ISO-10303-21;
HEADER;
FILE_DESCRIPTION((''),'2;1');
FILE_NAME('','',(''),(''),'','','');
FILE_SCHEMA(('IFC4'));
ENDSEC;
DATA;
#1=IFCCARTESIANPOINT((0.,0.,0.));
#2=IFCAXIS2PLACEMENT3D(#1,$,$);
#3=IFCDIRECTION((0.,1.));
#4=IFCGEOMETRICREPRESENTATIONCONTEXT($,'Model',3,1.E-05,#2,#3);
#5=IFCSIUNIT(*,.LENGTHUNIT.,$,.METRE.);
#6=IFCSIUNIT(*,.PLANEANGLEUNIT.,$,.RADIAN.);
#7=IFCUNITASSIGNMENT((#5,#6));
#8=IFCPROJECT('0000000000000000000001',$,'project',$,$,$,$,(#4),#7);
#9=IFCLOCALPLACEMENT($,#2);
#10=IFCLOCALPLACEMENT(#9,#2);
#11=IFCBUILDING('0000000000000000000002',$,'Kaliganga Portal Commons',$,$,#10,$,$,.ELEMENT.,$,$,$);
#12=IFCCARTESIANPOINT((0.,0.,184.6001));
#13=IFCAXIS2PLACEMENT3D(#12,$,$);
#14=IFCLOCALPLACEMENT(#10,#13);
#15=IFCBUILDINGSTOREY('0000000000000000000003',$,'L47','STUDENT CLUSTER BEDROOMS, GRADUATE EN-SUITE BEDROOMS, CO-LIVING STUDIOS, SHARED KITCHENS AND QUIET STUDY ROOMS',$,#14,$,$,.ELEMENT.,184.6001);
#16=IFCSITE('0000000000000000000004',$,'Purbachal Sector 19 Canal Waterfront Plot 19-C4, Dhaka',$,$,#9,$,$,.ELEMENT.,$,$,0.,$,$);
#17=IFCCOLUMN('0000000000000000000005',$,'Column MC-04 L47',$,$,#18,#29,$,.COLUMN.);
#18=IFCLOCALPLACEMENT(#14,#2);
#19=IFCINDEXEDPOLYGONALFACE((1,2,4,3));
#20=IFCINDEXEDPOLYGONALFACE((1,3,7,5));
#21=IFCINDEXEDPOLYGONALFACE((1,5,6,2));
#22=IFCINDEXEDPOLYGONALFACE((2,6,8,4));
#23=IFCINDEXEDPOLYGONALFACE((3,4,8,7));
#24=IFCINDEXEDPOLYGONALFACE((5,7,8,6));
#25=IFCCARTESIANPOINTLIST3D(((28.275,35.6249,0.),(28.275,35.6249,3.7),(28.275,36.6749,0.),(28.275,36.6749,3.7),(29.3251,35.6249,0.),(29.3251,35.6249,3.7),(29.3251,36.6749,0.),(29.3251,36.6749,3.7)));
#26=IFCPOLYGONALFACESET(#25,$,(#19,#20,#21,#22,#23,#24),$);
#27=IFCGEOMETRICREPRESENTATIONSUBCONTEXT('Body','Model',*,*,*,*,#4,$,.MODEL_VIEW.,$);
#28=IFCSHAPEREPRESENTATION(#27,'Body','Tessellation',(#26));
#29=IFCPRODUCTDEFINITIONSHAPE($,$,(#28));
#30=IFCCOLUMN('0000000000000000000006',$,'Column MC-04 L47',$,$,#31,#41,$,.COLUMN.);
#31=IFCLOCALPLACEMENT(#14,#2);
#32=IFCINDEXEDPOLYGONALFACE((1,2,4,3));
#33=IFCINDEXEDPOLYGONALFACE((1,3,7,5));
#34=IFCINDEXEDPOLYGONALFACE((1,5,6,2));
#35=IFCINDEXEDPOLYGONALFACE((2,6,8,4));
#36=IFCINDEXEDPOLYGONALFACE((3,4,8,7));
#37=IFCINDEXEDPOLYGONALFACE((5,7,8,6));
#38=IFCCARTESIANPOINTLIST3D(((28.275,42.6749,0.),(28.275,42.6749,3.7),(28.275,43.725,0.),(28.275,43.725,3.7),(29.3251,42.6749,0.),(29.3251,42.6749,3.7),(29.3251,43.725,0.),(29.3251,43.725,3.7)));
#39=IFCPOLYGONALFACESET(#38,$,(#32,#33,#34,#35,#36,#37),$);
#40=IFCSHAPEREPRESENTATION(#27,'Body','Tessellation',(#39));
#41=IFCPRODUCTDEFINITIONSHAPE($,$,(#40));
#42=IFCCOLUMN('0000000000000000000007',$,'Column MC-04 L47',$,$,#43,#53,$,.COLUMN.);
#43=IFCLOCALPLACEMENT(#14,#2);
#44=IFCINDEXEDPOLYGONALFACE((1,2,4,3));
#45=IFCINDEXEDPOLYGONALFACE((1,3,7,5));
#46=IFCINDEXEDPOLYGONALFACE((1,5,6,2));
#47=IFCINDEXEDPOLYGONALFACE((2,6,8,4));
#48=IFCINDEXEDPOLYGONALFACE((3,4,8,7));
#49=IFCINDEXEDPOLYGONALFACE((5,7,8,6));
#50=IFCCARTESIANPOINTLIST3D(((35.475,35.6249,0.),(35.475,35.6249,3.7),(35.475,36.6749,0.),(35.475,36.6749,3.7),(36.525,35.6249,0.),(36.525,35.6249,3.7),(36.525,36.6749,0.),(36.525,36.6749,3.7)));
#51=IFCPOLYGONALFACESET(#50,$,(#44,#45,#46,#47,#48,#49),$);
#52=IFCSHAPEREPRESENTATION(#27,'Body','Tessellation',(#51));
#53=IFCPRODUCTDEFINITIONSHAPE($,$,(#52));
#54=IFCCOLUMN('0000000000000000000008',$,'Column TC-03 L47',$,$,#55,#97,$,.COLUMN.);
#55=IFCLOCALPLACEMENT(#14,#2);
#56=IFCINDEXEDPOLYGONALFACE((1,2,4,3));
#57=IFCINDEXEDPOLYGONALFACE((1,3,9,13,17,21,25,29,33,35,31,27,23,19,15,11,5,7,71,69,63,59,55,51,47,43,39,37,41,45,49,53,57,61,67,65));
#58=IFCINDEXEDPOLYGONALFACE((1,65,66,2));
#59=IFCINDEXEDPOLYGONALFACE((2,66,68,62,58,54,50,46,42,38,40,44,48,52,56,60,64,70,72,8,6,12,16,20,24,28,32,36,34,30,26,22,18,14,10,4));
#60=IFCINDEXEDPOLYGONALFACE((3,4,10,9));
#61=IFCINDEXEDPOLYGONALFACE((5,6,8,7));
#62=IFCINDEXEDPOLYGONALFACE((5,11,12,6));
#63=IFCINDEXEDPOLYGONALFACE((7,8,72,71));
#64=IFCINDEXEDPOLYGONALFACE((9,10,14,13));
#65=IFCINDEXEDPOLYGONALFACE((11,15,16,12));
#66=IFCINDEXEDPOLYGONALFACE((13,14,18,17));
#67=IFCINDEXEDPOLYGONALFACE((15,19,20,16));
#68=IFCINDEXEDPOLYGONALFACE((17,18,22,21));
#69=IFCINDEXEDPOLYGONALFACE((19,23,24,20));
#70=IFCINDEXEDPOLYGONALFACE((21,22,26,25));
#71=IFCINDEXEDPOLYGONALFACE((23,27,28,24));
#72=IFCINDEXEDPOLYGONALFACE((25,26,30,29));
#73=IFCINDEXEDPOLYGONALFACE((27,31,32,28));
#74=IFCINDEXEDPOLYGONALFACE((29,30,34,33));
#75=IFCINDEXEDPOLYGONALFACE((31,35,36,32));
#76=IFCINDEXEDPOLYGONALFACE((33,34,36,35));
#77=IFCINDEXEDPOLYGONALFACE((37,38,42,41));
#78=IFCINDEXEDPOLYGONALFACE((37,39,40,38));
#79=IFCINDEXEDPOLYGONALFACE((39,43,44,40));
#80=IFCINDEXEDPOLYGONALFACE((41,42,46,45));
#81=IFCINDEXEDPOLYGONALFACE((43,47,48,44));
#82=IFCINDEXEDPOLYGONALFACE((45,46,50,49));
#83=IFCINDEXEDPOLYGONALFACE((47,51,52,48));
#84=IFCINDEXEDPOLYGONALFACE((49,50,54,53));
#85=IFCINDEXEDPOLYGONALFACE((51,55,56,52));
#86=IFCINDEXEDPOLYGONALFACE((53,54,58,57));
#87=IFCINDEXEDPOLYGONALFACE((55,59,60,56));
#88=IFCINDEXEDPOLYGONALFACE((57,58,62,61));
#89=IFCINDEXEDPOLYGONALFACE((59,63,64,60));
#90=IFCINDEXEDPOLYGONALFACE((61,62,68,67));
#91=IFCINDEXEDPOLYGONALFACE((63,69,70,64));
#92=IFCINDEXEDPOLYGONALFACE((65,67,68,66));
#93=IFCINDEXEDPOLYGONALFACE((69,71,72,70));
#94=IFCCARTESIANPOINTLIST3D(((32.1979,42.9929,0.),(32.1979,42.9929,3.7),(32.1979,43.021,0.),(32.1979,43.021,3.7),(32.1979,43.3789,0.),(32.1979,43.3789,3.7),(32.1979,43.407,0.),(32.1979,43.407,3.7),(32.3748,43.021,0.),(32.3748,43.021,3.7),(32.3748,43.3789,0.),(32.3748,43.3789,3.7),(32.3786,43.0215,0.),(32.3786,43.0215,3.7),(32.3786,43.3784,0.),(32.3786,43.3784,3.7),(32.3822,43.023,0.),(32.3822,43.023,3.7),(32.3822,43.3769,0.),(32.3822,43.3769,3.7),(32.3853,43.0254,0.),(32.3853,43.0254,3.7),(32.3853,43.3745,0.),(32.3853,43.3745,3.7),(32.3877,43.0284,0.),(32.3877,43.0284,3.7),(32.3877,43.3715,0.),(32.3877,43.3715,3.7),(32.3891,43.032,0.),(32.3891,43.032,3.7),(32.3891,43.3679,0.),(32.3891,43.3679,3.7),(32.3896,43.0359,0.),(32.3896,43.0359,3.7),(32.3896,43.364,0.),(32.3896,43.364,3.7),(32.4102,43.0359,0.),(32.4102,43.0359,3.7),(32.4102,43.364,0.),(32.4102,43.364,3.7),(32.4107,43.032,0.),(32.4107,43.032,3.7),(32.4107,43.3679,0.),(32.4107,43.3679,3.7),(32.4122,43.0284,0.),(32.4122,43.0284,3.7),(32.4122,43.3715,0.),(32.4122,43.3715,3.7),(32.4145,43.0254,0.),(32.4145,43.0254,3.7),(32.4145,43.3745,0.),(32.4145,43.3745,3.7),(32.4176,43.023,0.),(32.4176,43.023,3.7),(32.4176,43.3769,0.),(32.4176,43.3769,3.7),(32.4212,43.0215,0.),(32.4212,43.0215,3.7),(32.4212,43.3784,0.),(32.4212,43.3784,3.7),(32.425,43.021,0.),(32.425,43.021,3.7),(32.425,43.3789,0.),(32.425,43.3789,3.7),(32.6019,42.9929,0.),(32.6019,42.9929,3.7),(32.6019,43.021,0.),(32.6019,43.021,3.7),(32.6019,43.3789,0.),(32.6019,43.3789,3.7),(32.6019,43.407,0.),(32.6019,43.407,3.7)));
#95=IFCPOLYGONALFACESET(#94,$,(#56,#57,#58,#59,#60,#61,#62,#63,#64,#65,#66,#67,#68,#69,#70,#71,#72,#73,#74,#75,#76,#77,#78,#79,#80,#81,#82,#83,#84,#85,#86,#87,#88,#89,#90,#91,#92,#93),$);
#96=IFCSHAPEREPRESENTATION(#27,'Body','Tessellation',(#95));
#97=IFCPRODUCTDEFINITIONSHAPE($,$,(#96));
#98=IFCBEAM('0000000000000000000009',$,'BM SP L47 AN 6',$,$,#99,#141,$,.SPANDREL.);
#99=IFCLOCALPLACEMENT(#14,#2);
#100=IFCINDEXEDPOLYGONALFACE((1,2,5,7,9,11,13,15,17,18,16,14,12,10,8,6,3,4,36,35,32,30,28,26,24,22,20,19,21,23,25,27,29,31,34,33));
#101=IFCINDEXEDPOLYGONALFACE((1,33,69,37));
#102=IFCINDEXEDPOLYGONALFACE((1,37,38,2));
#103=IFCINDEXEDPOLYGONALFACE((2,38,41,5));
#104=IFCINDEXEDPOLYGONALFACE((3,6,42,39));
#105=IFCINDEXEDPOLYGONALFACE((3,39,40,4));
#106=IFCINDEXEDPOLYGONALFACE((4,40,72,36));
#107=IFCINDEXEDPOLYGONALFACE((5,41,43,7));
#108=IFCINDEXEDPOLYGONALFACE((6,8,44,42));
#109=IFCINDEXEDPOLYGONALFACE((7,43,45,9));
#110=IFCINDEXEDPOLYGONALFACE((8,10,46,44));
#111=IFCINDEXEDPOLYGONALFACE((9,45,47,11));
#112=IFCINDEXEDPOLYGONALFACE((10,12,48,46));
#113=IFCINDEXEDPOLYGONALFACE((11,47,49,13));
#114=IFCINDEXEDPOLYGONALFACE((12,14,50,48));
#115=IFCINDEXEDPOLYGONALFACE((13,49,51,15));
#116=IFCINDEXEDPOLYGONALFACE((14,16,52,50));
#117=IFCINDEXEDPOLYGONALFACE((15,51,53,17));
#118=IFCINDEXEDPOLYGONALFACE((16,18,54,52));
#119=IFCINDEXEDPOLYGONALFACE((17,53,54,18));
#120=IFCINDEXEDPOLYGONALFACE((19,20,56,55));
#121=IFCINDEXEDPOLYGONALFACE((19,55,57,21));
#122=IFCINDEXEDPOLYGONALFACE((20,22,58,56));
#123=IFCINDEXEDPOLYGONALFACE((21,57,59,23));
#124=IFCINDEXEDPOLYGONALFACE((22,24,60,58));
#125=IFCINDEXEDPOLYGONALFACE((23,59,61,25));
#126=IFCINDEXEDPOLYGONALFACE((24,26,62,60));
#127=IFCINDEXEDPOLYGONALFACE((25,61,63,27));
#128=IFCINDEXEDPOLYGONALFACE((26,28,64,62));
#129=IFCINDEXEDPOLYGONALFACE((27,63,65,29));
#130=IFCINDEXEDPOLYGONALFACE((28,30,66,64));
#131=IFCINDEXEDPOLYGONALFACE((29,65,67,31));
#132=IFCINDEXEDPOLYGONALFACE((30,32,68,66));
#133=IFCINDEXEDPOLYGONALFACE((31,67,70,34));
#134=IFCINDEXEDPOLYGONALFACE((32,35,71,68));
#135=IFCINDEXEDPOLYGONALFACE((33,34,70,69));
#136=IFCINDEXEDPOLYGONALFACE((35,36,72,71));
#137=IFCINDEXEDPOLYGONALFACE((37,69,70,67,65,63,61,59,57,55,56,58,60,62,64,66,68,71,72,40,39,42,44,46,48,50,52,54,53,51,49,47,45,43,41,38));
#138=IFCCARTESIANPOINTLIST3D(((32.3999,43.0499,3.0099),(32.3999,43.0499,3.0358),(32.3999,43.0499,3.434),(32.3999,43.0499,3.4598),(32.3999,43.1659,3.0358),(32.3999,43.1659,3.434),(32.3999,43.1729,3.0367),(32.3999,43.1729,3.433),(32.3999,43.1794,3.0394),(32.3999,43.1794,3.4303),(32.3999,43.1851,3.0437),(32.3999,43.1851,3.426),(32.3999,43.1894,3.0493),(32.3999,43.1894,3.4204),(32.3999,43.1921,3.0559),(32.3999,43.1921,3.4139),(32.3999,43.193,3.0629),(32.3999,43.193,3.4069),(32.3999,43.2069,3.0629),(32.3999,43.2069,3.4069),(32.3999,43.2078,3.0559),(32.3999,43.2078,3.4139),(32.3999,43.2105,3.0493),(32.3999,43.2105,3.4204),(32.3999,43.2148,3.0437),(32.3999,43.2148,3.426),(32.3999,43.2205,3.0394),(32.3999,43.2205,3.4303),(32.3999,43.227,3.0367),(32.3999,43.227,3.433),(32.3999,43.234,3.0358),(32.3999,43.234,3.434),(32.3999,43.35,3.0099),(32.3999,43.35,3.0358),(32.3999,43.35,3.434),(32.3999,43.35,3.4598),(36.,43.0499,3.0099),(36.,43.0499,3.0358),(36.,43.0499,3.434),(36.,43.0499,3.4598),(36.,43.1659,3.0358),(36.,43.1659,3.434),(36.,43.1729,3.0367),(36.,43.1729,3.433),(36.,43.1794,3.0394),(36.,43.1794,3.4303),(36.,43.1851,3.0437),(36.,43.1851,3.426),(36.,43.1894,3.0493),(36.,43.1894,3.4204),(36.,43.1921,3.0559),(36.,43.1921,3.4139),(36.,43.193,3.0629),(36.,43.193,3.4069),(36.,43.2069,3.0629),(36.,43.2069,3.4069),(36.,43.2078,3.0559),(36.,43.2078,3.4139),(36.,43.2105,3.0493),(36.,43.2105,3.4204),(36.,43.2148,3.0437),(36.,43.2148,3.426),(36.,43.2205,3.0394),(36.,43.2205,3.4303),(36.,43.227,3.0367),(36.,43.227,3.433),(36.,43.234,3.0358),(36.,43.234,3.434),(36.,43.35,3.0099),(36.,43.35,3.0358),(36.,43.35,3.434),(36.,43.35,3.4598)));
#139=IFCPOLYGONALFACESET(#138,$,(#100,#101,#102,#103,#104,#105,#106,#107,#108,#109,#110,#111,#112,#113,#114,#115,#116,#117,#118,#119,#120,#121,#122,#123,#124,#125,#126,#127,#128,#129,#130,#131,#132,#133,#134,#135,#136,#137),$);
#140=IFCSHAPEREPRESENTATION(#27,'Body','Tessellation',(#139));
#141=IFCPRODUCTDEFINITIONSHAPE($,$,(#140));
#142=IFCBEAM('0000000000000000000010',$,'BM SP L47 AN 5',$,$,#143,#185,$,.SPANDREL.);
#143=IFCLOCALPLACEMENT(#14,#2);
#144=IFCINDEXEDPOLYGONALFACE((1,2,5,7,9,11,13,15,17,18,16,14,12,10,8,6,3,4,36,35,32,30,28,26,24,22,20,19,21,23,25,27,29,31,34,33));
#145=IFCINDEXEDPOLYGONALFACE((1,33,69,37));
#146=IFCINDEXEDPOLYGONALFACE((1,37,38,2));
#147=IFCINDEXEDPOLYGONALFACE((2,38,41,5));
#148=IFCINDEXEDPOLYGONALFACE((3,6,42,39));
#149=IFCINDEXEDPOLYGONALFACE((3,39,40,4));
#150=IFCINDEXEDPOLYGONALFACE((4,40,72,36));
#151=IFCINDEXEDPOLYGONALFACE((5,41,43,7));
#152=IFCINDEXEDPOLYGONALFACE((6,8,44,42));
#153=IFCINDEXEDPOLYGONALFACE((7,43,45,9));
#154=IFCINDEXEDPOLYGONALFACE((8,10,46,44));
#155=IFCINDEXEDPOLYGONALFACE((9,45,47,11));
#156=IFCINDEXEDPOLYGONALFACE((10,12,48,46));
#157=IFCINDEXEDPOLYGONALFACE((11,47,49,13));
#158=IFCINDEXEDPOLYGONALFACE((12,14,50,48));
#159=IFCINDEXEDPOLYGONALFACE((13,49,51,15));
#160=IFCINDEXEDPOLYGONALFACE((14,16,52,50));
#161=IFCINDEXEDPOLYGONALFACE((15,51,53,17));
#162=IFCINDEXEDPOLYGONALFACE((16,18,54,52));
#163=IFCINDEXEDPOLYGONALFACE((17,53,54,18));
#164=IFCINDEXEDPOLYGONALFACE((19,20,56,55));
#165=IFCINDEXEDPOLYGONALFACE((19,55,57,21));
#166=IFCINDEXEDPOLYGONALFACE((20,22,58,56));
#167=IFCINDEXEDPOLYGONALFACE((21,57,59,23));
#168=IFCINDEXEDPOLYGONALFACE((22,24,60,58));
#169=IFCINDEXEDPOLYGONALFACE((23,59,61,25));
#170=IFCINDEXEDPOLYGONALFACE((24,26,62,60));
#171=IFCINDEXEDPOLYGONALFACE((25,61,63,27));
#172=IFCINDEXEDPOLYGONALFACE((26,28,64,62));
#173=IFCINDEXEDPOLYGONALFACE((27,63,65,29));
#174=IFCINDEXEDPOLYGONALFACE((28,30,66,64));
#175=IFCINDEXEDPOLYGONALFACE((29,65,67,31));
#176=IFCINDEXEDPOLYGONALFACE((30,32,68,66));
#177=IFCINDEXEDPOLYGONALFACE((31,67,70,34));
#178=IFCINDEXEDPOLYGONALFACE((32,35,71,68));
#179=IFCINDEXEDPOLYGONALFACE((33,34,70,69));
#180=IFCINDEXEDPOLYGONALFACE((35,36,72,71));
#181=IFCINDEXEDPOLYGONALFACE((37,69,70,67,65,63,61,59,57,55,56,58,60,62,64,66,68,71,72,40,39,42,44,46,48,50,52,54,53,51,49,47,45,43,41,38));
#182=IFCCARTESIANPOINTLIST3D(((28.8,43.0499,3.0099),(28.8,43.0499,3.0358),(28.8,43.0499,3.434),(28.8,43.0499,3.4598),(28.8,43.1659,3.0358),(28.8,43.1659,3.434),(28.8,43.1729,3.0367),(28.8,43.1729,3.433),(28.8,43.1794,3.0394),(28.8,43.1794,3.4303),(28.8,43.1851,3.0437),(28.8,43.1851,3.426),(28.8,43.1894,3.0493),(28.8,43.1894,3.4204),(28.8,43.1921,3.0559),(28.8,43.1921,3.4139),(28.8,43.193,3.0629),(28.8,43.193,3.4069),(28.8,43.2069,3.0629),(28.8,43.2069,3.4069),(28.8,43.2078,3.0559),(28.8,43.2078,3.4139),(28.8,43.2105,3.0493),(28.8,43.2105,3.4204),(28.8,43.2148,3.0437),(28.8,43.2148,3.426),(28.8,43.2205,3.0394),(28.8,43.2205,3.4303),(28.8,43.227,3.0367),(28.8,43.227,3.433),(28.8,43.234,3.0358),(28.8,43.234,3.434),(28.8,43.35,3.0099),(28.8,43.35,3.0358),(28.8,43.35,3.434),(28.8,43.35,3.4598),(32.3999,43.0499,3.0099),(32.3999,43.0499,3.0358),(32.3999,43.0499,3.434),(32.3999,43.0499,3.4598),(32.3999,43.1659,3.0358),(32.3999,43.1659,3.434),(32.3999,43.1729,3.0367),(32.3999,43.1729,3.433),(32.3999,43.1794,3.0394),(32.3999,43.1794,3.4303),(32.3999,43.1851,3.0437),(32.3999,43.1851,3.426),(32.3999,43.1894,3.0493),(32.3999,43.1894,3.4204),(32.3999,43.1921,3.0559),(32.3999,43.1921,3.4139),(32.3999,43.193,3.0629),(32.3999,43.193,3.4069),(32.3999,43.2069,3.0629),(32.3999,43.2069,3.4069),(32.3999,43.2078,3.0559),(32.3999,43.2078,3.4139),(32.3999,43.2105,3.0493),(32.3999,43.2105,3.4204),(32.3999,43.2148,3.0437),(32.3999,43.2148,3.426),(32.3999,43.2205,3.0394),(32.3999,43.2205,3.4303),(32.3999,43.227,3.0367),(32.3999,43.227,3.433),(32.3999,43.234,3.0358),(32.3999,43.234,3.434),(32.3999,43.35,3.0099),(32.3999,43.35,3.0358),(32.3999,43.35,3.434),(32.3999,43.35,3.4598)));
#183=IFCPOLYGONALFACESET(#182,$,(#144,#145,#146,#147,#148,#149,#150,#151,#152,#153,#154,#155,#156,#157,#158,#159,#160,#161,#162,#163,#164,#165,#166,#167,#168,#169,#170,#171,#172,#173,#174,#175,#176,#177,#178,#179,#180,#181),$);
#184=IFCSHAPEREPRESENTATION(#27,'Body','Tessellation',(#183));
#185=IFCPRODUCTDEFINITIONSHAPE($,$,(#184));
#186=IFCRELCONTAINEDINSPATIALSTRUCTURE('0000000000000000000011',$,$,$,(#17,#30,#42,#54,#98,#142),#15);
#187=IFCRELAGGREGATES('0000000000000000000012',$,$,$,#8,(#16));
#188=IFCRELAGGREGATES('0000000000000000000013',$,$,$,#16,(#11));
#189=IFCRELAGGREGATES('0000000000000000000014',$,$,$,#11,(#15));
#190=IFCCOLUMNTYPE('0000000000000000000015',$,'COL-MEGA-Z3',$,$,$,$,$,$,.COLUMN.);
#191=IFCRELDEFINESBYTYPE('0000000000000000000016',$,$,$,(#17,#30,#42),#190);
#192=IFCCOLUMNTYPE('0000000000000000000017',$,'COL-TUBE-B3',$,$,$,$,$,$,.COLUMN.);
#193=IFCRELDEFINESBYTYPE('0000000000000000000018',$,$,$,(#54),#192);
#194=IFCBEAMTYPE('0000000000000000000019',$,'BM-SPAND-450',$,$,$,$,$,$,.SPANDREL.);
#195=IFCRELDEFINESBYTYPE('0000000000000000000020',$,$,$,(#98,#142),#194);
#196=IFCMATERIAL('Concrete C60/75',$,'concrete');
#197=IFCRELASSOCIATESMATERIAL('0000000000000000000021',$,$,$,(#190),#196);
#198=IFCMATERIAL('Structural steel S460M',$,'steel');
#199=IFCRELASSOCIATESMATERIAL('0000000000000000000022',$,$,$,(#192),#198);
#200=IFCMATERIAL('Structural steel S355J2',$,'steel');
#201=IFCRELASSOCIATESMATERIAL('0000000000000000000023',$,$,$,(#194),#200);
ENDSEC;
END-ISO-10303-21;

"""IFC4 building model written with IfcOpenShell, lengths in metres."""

from ifc_helpers import new_model, si_unit, direction, frame, origin, origin_2d, place, context, subcontext, project, spatial, rectangle, i_section, extrude, source, transform, mapped, material, material_profile, profile_set, type_object, element, save


model = new_model("IFC4")

# Units and contexts
model_context = context("Model", 3, precision=1e-05, world=origin(), true_north=direction((0.0, 1.0)))
body_context = subcontext(model_context, "Body", "Model", "MODEL_VIEW")
ifc_project = project(units=[si_unit("LENGTHUNIT", "METRE"), si_unit("PLANEANGLEUNIT", "RADIAN")], contexts=[model_context])

# Site, building, storey
site_placement = place(None, origin())
site = spatial("IfcSite", under=ifc_project, at=site_placement, Name="Purbachal Sector 19 Canal Waterfront Plot 19-C4, Dhaka", CompositionType="ELEMENT", RefElevation=0.0)
building_placement = place(site_placement, origin())
building = spatial("IfcBuilding", under=site, at=building_placement, Name="Kaliganga Portal Commons", CompositionType="ELEMENT")
storey_placement = place(building_placement, frame((0.0, 0.0, 184.6001)))
storey = spatial("IfcBuildingStorey", under=building, at=storey_placement, Name="L47", Description="STUDENT CLUSTER BEDROOMS, GRADUATE EN-SUITE BEDROOMS, CO-LIVING STUDIOS, SHARED KITCHENS AND QUIET STUDY ROOMS", CompositionType="ELEMENT", Elevation=184.6001)

# Columns
ifc_material_1 = material(Name="Concrete C60/75", Category="concrete")
ifc_material_profile_1 = material_profile(ifc_material_1, rectangle(XDim=1.05, YDim=1.05, at=origin_2d()), Name="RC 1050x1050")
ifc_profile_set_1 = profile_set([ifc_material_profile_1], Name="Concrete C60/75")
column_type_1 = type_object("IfcColumnType", Name="COL-MEGA-Z3", PredefinedType="COLUMN", material=ifc_profile_set_1)
shared_shape_1 = source(origin(), body_context, "Body", "SweptSolid", [
    extrude(rectangle(XDim=1.05, YDim=1.05, at=origin_2d()), origin(), (0.0, 0.0, 1.0), 3.7),
])
for number, where, z_axis, x_axis, name in (
    (1, (28.8, 36.1499, 0.0), (0.0, 0.0, 1.0), (1.0, 0.0, 0.0), "Column MC-04 L47"),
    (2, (28.8, 43.2, 0.0), (0.0, 0.0, 1.0), (1.0, 0.0, 0.0), "Column MC-04 L47"),
    (3, (36.0, 36.1499, 0.0), (0.0, 0.0, 1.0), (1.0, 0.0, 0.0), "Column MC-04 L47"),
):
    element("IfcColumn", number, at=place(storey_placement, frame(where, z_axis=z_axis, x_axis=x_axis)), inside=storey, type_object=column_type_1, Name=name, PredefinedType="COLUMN", context=body_context, shape_type="MappedRepresentation", body=[
        mapped(shared_shape_1, transform((0.0, 0.0, 0.0), x_axis=(1.0, 0.0, 0.0), y_axis=(0.0, 1.0, 0.0), z_axis=(0.0, 0.0, 1.0), scale=1.0)),
    ])
ifc_material_2 = material(Name="Structural steel S460M", Category="steel")
ifc_material_profile_2 = material_profile(ifc_material_2, i_section(OverallWidth=0.4041, OverallDepth=0.4141, WebThickness=0.0205, FlangeThickness=0.0281, FilletRadius=0.0149, at=origin_2d()), Name="HD 400x347")
ifc_profile_set_2 = profile_set([ifc_material_profile_2], Name="Structural steel S460M wide-flange")
column_type_2 = type_object("IfcColumnType", Name="COL-TUBE-B3", PredefinedType="COLUMN", material=ifc_profile_set_2)
shared_shape_2 = source(origin(), body_context, "Body", "SweptSolid", [
    extrude(i_section(OverallWidth=0.4041, OverallDepth=0.4141, WebThickness=0.0205, FlangeThickness=0.0281, FilletRadius=0.0149, at=origin_2d()), origin(), (0.0, 0.0, 1.0), 3.7),
])
column_placement = place(storey_placement, frame((32.3999, 43.2, 0.0), z_axis=(0.0, 0.0, 1.0), x_axis=(1.0, 0.0, 0.0)))
element("IfcColumn", 4, at=column_placement, inside=storey, type_object=column_type_2, Name="Column TC-03 L47", PredefinedType="COLUMN", context=body_context, shape_type="MappedRepresentation", body=[
    mapped(shared_shape_2, transform((0.0, 0.0, 0.0), x_axis=(1.0, 0.0, 0.0), y_axis=(0.0, 1.0, 0.0), z_axis=(0.0, 0.0, 1.0), scale=1.0)),
])

# Beams
ifc_material_3 = material(Name="Structural steel S355J2", Category="steel")
ifc_material_profile_3 = material_profile(ifc_material_3, i_section(OverallWidth=0.3, OverallDepth=0.45, WebThickness=0.0139, FlangeThickness=0.0259, FilletRadius=0.0271, at=origin_2d()), Name="HE 450 B")
ifc_profile_set_3 = profile_set([ifc_material_profile_3], Name="Structural steel S355J2 wide-flange")
beam_type_1 = type_object("IfcBeamType", Name="BM-SPAND-450", PredefinedType="SPANDREL", material=ifc_profile_set_3)
shared_shape_3 = source(origin(), body_context, "Body", "SweptSolid", [
    extrude(i_section(OverallWidth=0.3, OverallDepth=0.45, WebThickness=0.0139, FlangeThickness=0.0259, FilletRadius=0.0271, at=origin_2d()), origin(), (0.0, 0.0, 1.0), 3.6001),
])
beam_1_placement = place(storey_placement, frame((32.3999, 43.2, 3.2349), z_axis=(1.0, 0.0, 0.0), x_axis=(0.0, 1.0, 0.0)))
element("IfcBeam", 5, at=beam_1_placement, inside=storey, type_object=beam_type_1, Name="BM SP L47 AN 6", PredefinedType="SPANDREL", context=body_context, shape_type="MappedRepresentation", body=[
    mapped(shared_shape_3, transform((0.0, 0.0, 0.0), x_axis=(1.0, 0.0, 0.0), y_axis=(0.0, 1.0, 0.0), z_axis=(0.0, 0.0, 1.0), scale=1.0)),
])
shared_shape_4 = source(origin(), body_context, "Body", "SweptSolid", [
    extrude(i_section(OverallWidth=0.3, OverallDepth=0.45, WebThickness=0.0139, FlangeThickness=0.0259, FilletRadius=0.0271, at=origin_2d()), origin(), (0.0, 0.0, 1.0), 3.5999),
])
beam_2_placement = place(storey_placement, frame((28.8, 43.2, 3.2349), z_axis=(1.0, 0.0, 0.0), x_axis=(0.0, 1.0, 0.0)))
element("IfcBeam", 6, at=beam_2_placement, inside=storey, type_object=beam_type_1, Name="BM SP L47 AN 5", PredefinedType="SPANDREL", context=body_context, shape_type="MappedRepresentation", body=[
    mapped(shared_shape_4, transform((0.0, 0.0, 0.0), x_axis=(1.0, 0.0, 0.0), y_axis=(0.0, 1.0, 0.0), z_axis=(0.0, 0.0, 1.0), scale=1.0)),
])

save(model, "model.ifc")
